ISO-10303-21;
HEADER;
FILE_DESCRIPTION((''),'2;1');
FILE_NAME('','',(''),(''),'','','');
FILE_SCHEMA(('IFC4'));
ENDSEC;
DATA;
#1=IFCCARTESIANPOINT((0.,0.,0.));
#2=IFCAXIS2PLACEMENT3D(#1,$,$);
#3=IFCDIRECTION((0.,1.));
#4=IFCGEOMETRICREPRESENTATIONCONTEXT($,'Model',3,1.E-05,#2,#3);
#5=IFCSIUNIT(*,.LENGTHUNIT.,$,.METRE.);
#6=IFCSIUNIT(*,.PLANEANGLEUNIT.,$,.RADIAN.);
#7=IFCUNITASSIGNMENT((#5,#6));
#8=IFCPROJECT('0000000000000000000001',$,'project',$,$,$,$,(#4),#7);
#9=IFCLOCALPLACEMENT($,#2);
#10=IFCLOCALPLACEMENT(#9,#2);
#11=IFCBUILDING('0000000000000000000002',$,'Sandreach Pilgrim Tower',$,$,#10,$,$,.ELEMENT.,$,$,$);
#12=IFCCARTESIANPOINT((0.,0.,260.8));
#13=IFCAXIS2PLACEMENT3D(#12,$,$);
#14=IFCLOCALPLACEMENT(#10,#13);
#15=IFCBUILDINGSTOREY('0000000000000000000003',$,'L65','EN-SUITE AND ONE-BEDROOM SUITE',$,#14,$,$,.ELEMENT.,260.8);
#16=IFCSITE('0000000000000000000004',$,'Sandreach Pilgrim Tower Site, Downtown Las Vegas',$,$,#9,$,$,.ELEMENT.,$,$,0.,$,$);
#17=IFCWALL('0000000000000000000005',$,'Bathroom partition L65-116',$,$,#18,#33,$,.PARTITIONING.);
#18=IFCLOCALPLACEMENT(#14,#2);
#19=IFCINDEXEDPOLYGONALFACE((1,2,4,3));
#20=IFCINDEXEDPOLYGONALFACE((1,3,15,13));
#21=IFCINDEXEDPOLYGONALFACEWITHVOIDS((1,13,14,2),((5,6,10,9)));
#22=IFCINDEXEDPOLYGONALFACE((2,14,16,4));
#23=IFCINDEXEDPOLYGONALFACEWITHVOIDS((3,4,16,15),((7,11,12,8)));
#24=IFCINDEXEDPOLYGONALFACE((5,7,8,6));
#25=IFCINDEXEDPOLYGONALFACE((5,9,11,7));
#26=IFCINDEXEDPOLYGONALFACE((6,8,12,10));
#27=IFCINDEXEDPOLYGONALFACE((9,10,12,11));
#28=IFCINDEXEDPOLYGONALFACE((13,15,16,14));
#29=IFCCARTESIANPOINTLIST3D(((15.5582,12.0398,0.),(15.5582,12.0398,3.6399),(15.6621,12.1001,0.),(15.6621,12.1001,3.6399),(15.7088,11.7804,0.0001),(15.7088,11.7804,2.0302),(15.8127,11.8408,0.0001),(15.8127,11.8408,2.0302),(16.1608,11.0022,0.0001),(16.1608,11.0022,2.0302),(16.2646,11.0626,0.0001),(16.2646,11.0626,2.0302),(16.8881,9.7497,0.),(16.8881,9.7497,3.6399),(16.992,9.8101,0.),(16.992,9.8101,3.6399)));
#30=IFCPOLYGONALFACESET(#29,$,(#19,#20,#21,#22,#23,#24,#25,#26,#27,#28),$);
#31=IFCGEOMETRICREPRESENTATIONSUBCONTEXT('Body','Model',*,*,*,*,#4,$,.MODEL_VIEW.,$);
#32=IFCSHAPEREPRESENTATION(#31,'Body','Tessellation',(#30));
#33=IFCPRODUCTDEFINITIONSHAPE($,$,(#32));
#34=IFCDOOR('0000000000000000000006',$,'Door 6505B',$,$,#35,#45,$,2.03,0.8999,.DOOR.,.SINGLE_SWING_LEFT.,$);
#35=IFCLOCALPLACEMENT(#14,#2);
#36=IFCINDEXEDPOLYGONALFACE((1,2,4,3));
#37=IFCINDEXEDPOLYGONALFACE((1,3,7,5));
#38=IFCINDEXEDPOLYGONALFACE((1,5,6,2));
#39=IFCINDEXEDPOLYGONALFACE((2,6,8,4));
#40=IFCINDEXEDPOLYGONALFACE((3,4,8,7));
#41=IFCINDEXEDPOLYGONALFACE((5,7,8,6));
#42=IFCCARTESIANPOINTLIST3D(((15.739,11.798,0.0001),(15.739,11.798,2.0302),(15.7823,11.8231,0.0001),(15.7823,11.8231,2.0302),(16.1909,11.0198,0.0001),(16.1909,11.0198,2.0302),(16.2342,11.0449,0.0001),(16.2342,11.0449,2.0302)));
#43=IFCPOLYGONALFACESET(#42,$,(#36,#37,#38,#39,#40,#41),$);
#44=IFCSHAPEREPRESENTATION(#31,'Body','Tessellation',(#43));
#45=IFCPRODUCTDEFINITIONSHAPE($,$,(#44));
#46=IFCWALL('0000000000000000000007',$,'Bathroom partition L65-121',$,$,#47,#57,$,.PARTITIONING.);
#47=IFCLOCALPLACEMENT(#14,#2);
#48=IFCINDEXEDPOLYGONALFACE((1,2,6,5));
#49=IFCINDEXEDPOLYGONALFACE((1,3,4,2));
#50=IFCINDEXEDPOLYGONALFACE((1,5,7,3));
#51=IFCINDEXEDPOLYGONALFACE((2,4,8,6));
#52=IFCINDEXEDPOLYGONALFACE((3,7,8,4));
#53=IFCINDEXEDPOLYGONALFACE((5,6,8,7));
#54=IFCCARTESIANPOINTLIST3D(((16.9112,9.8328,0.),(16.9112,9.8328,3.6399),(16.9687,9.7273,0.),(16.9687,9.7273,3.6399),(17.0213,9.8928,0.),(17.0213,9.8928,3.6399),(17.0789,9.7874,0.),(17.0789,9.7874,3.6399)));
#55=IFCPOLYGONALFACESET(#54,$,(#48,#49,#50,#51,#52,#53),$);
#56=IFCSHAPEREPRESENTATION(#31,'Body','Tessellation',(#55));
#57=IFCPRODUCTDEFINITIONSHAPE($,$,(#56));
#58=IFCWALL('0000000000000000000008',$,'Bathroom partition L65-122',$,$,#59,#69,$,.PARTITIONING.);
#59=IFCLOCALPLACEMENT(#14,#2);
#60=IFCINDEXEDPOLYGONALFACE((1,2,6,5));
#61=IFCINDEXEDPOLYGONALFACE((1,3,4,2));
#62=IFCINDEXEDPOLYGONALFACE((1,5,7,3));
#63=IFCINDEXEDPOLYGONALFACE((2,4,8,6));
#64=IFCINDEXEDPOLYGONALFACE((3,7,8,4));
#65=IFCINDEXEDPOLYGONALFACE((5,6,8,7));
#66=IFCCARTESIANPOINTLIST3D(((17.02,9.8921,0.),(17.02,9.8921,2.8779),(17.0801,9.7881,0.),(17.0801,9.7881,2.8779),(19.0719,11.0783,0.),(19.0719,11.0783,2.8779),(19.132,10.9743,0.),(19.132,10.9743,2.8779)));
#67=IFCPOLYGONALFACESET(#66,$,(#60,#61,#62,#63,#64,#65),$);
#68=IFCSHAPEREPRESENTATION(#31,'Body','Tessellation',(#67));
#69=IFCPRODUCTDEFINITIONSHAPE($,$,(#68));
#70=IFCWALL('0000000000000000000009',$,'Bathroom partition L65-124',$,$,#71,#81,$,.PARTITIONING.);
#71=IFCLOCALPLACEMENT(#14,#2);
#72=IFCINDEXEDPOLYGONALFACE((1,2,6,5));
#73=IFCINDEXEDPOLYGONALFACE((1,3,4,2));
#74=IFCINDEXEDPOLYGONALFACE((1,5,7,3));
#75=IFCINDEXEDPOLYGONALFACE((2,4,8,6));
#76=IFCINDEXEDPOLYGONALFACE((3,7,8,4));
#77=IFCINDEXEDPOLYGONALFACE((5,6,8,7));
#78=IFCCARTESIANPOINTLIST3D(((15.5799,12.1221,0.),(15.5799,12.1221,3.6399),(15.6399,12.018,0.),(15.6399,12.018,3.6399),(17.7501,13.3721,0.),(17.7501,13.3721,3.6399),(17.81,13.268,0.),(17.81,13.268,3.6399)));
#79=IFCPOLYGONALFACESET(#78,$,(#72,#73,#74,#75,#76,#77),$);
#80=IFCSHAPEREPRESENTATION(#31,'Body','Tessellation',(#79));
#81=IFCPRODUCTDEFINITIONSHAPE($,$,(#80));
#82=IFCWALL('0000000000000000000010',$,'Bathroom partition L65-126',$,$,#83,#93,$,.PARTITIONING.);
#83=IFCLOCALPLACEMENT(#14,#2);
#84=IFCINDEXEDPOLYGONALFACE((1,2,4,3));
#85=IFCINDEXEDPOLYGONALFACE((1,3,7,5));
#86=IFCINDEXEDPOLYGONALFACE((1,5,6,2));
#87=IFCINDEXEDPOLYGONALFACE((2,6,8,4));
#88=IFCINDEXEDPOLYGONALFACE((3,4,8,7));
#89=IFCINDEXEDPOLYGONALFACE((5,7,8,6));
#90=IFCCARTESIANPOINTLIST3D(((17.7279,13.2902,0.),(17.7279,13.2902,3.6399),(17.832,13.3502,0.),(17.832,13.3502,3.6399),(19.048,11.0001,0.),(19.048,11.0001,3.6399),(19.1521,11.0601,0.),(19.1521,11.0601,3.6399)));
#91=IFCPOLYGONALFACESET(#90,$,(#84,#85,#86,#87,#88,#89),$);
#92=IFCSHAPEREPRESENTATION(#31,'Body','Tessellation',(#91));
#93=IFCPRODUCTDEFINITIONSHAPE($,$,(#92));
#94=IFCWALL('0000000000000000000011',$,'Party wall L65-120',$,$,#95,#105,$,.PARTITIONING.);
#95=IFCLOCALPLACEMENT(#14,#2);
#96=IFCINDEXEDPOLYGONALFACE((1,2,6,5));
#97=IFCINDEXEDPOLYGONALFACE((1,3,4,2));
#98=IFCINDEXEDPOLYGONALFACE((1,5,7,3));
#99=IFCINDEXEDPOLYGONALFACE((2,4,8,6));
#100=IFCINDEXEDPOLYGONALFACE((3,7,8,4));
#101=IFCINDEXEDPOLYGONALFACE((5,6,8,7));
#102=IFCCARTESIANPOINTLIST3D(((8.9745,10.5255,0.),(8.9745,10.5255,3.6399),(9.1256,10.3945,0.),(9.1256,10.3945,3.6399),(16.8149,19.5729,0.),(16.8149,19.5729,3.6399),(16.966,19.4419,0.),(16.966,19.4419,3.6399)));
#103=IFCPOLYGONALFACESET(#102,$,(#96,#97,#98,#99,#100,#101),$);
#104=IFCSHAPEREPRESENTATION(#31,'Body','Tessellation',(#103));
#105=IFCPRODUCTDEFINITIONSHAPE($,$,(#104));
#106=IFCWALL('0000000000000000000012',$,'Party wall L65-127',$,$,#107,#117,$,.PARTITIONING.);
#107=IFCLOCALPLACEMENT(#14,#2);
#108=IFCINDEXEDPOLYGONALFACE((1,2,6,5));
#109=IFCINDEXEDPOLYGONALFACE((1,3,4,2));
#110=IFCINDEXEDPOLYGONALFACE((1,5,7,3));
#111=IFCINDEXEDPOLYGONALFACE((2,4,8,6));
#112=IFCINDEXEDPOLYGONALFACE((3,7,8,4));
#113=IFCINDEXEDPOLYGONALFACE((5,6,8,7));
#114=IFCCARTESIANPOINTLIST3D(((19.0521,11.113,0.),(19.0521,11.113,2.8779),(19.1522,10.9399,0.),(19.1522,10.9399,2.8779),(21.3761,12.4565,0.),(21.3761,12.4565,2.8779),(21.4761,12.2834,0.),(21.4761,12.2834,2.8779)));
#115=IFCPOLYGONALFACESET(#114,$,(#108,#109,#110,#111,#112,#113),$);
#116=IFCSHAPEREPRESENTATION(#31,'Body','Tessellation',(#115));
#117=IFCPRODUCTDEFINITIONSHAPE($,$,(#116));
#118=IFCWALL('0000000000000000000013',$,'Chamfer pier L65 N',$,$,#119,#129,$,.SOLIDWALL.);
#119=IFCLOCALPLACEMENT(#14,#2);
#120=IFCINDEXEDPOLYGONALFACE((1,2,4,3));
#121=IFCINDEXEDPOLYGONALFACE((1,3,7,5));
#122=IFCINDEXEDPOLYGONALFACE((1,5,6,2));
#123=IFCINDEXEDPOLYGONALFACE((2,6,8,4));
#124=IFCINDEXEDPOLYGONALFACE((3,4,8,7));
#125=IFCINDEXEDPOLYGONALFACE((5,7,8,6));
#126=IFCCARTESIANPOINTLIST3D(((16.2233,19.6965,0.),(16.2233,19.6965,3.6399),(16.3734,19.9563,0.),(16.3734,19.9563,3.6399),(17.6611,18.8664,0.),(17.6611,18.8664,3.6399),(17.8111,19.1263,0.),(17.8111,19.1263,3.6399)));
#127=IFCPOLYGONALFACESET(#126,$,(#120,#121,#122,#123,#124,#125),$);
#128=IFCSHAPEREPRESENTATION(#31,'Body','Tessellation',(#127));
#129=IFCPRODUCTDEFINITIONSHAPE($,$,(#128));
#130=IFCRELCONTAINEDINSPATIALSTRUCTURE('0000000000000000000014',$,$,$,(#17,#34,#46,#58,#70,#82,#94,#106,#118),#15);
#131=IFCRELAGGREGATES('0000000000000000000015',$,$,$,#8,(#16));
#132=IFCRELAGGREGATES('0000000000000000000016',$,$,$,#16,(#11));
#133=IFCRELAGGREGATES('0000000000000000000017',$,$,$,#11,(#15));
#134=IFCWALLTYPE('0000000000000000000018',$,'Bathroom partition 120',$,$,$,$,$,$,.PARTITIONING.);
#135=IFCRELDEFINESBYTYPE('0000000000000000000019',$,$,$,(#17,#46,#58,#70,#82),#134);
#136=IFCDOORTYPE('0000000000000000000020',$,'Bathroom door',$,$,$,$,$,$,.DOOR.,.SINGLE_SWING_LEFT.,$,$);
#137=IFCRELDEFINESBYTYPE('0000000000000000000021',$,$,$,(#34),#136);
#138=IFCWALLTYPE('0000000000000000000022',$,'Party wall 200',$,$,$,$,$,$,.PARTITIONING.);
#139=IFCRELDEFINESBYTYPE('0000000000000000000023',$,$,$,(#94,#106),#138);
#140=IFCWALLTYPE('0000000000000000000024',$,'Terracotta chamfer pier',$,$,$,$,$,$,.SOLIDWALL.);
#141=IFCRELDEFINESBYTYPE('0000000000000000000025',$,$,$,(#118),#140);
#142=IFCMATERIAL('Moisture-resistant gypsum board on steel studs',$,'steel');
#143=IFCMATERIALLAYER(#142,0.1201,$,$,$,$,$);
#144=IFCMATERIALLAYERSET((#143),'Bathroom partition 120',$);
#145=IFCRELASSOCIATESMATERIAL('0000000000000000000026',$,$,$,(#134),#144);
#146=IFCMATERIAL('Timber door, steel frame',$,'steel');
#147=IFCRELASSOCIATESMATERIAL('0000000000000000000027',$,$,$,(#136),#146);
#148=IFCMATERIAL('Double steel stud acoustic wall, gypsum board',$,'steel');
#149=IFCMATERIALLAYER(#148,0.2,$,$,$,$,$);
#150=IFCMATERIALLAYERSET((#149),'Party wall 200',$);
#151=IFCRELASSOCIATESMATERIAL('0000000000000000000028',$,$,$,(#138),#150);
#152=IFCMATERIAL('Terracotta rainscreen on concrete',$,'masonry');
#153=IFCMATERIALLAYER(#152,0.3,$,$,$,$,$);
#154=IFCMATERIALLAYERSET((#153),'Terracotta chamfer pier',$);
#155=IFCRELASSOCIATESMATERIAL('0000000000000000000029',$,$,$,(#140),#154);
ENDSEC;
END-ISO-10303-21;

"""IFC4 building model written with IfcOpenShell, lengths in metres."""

from ifc_helpers import new_model, si_unit, direction, frame, frame_2d, origin, place, context, subcontext, project, spatial, rectangle, extrude, material, layer, layer_set, type_object, element, fill, save


model = new_model("IFC4")

# Units and contexts
model_context = context("Model", 3, precision=1e-05, world=origin(), true_north=direction((0.0, 1.0)))
body_context = subcontext(model_context, "Body", "Model", "MODEL_VIEW")
ifc_project = project(units=[si_unit("LENGTHUNIT", "METRE"), si_unit("PLANEANGLEUNIT", "RADIAN")], contexts=[model_context])

# Site, building, storey
site_placement = place(None, origin())
site = spatial("IfcSite", under=ifc_project, at=site_placement, Name="Sandreach Pilgrim Tower Site, Downtown Las Vegas", CompositionType="ELEMENT", RefElevation=0.0)
building_placement = place(site_placement, origin())
building = spatial("IfcBuilding", under=site, at=building_placement, Name="Sandreach Pilgrim Tower", CompositionType="ELEMENT")
storey_placement = place(building_placement, frame((0.0, 0.0, 260.8)))
storey = spatial("IfcBuildingStorey", under=building, at=storey_placement, Name="L65", Description="EN-SUITE AND ONE-BEDROOM SUITE", CompositionType="ELEMENT", Elevation=260.8)

# Wall, opening, door
ifc_material_1 = material(Name="Moisture-resistant gypsum board on steel studs", Category="steel")
ifc_layer_1 = layer(ifc_material_1, 0.1201)
ifc_layer_set_1 = layer_set([ifc_layer_1], Name="Bathroom partition 120")
wall_type_1 = type_object("IfcWallType", Name="Bathroom partition 120", PredefinedType="PARTITIONING", material=ifc_layer_set_1)
wall_1_placement = place(storey_placement, frame((15.6101, 12.0701, 0.0), z_axis=(0.0, 0.0, 1.0), x_axis=(0.502173, -0.864767, 0.0)))
wall_1 = element("IfcWall", 1, at=wall_1_placement, inside=storey, type_object=wall_type_1, Name="Bathroom partition L65-116", PredefinedType="PARTITIONING", context=body_context, shape_type="SweptSolid", body=[
    extrude(rectangle(XDim=2.6482, YDim=0.1201, at=frame_2d((1.3242, 0.0))), origin(), (0.0, 0.0, 1.0), 3.6399),
])
opening_placement = place(wall_1_placement, frame((0.3, 0.0, 0.0)))
opening = element("IfcOpeningElement", 2, at=opening_placement, cuts=wall_1, PredefinedType="OPENING", context=body_context, shape_type="SweptSolid", body=[
    extrude(rectangle(XDim=0.8999, YDim=2.03, at=frame_2d((0.45, 1.0151))), frame((0.0, 0.0601, 0.0), z_axis=(0.0, -1.0, 0.0), x_axis=(1.0, 0.0, 0.0)), (0.0, 0.0, 1.0), 0.1201),
])
ifc_material_2 = material(Name="Timber door, steel frame", Category="steel")
door_type = type_object("IfcDoorType", Name="Bathroom door", OperationType="SINGLE_SWING_LEFT", PredefinedType="DOOR", material=ifc_material_2)
door_placement = place(opening_placement, origin())
door = element("IfcDoor", 3, at=door_placement, inside=storey, type_object=door_type, Name="Door 6505B", OperationType="SINGLE_SWING_LEFT", OverallHeight=2.03, OverallWidth=0.8999, PredefinedType="DOOR", context=body_context, shape_type="SweptSolid", body=[
    extrude(rectangle(XDim=0.8999, YDim=2.03, at=frame_2d((0.45, 1.0151))), frame((0.0, 0.0249, 0.0), z_axis=(0.0, -1.0, 0.0), x_axis=(1.0, 0.0, 0.0)), (0.0, 0.0, 1.0), 0.05),
])
fill(opening, door)

# Walls
wall_2_placement = place(storey_placement, frame((16.9399, 9.78, 0.0), z_axis=(0.0, 0.0, 1.0), x_axis=(0.877896, 0.478852, 0.0)))
element("IfcWall", 4, at=wall_2_placement, inside=storey, type_object=wall_type_1, Name="Bathroom partition L65-121", PredefinedType="PARTITIONING", context=body_context, shape_type="SweptSolid", body=[
    extrude(rectangle(XDim=0.1255, YDim=0.1201, at=frame_2d((0.0627, 0.0))), origin(), (0.0, 0.0, 1.0), 3.6399),
])
wall_3_placement = place(storey_placement, frame((17.05, 9.8401, 0.0), z_axis=(0.0, 0.0, 1.0), x_axis=(0.865741, 0.500492, 0.0)))
element("IfcWall", 5, at=wall_3_placement, inside=storey, type_object=wall_type_1, Name="Bathroom partition L65-122", PredefinedType="PARTITIONING", context=body_context, shape_type="SweptSolid", body=[
    extrude(rectangle(XDim=2.3701, YDim=0.1201, at=frame_2d((1.1851, 0.0))), origin(), (0.0, 0.0, 1.0), 2.8779),
])
wall_4_placement = place(storey_placement, frame((17.78, 13.3201, 0.0), z_axis=(0.0, 0.0, 1.0), x_axis=(-0.866534, -0.499118, 0.0)))
element("IfcWall", 6, at=wall_4_placement, inside=storey, type_object=wall_type_1, Name="Bathroom partition L65-124", PredefinedType="PARTITIONING", context=body_context, shape_type="SweptSolid", body=[
    extrude(rectangle(XDim=2.5044, YDim=0.1201, at=frame_2d((1.2522, 0.0))), origin(), (0.0, 0.0, 1.0), 3.6399),
])
wall_5_placement = place(storey_placement, frame((19.1001, 11.03, 0.0), z_axis=(0.0, 0.0, 1.0), x_axis=(-0.499408, 0.866367, 0.0)))
element("IfcWall", 7, at=wall_5_placement, inside=storey, type_object=wall_type_1, Name="Bathroom partition L65-126", PredefinedType="PARTITIONING", context=body_context, shape_type="SweptSolid", body=[
    extrude(rectangle(XDim=2.6433, YDim=0.1201, at=frame_2d((1.3218, 0.0))), origin(), (0.0, 0.0, 1.0), 3.6399),
])
ifc_material_3 = material(Name="Double steel stud acoustic wall, gypsum board", Category="steel")
ifc_layer_2 = layer(ifc_material_3, 0.2)
ifc_layer_set_2 = layer_set([ifc_layer_2], Name="Party wall 200")
wall_type_2 = type_object("IfcWallType", Name="Party wall 200", PredefinedType="PARTITIONING", material=ifc_layer_set_2)
wall_6_placement = place(storey_placement, frame((16.8904, 19.5073, 0.0), z_axis=(0.0, 0.0, 1.0), x_axis=(-0.654896, -0.755719, 0.0)))
element("IfcWall", 8, at=wall_6_placement, inside=storey, type_object=wall_type_2, Name="Party wall L65-120", PredefinedType="PARTITIONING", context=body_context, shape_type="SweptSolid", body=[
    extrude(rectangle(XDim=11.9719, YDim=0.2, at=frame_2d((5.9858, 0.0))), origin(), (0.0, 0.0, 1.0), 3.6399),
])
wall_7_placement = place(storey_placement, frame((19.1021, 11.0264, 0.0), z_axis=(0.0, 0.0, 1.0), x_axis=(0.865742, 0.500491, 0.0)))
element("IfcWall", 9, at=wall_7_placement, inside=storey, type_object=wall_type_2, Name="Party wall L65-127", PredefinedType="PARTITIONING", context=body_context, shape_type="SweptSolid", body=[
    extrude(rectangle(XDim=2.6843, YDim=0.2, at=frame_2d((1.3423, 0.0))), origin(), (0.0, 0.0, 1.0), 2.8779),
])
ifc_material_4 = material(Name="Terracotta rainscreen on concrete", Category="masonry")
ifc_layer_3 = layer(ifc_material_4, 0.3)
ifc_layer_set_3 = layer_set([ifc_layer_3], Name="Terracotta chamfer pier")
wall_type_3 = type_object("IfcWallType", Name="Terracotta chamfer pier", PredefinedType="SOLIDWALL", material=ifc_layer_set_3)
wall_8_placement = place(storey_placement, frame((16.2983, 19.8264, 0.0), z_axis=(0.0, 0.0, 1.0), x_axis=(0.866026, -0.499998, 0.0)))
element("IfcWall", 10, at=wall_8_placement, inside=storey, type_object=wall_type_3, Name="Chamfer pier L65 N", PredefinedType="SOLIDWALL", context=body_context, shape_type="SweptSolid", body=[
    extrude(rectangle(XDim=1.6602, YDim=0.3, at=frame_2d((0.8301, 0.0))), origin(), (0.0, 0.0, 1.0), 3.6399),
])

save(model, "model.ifc")
